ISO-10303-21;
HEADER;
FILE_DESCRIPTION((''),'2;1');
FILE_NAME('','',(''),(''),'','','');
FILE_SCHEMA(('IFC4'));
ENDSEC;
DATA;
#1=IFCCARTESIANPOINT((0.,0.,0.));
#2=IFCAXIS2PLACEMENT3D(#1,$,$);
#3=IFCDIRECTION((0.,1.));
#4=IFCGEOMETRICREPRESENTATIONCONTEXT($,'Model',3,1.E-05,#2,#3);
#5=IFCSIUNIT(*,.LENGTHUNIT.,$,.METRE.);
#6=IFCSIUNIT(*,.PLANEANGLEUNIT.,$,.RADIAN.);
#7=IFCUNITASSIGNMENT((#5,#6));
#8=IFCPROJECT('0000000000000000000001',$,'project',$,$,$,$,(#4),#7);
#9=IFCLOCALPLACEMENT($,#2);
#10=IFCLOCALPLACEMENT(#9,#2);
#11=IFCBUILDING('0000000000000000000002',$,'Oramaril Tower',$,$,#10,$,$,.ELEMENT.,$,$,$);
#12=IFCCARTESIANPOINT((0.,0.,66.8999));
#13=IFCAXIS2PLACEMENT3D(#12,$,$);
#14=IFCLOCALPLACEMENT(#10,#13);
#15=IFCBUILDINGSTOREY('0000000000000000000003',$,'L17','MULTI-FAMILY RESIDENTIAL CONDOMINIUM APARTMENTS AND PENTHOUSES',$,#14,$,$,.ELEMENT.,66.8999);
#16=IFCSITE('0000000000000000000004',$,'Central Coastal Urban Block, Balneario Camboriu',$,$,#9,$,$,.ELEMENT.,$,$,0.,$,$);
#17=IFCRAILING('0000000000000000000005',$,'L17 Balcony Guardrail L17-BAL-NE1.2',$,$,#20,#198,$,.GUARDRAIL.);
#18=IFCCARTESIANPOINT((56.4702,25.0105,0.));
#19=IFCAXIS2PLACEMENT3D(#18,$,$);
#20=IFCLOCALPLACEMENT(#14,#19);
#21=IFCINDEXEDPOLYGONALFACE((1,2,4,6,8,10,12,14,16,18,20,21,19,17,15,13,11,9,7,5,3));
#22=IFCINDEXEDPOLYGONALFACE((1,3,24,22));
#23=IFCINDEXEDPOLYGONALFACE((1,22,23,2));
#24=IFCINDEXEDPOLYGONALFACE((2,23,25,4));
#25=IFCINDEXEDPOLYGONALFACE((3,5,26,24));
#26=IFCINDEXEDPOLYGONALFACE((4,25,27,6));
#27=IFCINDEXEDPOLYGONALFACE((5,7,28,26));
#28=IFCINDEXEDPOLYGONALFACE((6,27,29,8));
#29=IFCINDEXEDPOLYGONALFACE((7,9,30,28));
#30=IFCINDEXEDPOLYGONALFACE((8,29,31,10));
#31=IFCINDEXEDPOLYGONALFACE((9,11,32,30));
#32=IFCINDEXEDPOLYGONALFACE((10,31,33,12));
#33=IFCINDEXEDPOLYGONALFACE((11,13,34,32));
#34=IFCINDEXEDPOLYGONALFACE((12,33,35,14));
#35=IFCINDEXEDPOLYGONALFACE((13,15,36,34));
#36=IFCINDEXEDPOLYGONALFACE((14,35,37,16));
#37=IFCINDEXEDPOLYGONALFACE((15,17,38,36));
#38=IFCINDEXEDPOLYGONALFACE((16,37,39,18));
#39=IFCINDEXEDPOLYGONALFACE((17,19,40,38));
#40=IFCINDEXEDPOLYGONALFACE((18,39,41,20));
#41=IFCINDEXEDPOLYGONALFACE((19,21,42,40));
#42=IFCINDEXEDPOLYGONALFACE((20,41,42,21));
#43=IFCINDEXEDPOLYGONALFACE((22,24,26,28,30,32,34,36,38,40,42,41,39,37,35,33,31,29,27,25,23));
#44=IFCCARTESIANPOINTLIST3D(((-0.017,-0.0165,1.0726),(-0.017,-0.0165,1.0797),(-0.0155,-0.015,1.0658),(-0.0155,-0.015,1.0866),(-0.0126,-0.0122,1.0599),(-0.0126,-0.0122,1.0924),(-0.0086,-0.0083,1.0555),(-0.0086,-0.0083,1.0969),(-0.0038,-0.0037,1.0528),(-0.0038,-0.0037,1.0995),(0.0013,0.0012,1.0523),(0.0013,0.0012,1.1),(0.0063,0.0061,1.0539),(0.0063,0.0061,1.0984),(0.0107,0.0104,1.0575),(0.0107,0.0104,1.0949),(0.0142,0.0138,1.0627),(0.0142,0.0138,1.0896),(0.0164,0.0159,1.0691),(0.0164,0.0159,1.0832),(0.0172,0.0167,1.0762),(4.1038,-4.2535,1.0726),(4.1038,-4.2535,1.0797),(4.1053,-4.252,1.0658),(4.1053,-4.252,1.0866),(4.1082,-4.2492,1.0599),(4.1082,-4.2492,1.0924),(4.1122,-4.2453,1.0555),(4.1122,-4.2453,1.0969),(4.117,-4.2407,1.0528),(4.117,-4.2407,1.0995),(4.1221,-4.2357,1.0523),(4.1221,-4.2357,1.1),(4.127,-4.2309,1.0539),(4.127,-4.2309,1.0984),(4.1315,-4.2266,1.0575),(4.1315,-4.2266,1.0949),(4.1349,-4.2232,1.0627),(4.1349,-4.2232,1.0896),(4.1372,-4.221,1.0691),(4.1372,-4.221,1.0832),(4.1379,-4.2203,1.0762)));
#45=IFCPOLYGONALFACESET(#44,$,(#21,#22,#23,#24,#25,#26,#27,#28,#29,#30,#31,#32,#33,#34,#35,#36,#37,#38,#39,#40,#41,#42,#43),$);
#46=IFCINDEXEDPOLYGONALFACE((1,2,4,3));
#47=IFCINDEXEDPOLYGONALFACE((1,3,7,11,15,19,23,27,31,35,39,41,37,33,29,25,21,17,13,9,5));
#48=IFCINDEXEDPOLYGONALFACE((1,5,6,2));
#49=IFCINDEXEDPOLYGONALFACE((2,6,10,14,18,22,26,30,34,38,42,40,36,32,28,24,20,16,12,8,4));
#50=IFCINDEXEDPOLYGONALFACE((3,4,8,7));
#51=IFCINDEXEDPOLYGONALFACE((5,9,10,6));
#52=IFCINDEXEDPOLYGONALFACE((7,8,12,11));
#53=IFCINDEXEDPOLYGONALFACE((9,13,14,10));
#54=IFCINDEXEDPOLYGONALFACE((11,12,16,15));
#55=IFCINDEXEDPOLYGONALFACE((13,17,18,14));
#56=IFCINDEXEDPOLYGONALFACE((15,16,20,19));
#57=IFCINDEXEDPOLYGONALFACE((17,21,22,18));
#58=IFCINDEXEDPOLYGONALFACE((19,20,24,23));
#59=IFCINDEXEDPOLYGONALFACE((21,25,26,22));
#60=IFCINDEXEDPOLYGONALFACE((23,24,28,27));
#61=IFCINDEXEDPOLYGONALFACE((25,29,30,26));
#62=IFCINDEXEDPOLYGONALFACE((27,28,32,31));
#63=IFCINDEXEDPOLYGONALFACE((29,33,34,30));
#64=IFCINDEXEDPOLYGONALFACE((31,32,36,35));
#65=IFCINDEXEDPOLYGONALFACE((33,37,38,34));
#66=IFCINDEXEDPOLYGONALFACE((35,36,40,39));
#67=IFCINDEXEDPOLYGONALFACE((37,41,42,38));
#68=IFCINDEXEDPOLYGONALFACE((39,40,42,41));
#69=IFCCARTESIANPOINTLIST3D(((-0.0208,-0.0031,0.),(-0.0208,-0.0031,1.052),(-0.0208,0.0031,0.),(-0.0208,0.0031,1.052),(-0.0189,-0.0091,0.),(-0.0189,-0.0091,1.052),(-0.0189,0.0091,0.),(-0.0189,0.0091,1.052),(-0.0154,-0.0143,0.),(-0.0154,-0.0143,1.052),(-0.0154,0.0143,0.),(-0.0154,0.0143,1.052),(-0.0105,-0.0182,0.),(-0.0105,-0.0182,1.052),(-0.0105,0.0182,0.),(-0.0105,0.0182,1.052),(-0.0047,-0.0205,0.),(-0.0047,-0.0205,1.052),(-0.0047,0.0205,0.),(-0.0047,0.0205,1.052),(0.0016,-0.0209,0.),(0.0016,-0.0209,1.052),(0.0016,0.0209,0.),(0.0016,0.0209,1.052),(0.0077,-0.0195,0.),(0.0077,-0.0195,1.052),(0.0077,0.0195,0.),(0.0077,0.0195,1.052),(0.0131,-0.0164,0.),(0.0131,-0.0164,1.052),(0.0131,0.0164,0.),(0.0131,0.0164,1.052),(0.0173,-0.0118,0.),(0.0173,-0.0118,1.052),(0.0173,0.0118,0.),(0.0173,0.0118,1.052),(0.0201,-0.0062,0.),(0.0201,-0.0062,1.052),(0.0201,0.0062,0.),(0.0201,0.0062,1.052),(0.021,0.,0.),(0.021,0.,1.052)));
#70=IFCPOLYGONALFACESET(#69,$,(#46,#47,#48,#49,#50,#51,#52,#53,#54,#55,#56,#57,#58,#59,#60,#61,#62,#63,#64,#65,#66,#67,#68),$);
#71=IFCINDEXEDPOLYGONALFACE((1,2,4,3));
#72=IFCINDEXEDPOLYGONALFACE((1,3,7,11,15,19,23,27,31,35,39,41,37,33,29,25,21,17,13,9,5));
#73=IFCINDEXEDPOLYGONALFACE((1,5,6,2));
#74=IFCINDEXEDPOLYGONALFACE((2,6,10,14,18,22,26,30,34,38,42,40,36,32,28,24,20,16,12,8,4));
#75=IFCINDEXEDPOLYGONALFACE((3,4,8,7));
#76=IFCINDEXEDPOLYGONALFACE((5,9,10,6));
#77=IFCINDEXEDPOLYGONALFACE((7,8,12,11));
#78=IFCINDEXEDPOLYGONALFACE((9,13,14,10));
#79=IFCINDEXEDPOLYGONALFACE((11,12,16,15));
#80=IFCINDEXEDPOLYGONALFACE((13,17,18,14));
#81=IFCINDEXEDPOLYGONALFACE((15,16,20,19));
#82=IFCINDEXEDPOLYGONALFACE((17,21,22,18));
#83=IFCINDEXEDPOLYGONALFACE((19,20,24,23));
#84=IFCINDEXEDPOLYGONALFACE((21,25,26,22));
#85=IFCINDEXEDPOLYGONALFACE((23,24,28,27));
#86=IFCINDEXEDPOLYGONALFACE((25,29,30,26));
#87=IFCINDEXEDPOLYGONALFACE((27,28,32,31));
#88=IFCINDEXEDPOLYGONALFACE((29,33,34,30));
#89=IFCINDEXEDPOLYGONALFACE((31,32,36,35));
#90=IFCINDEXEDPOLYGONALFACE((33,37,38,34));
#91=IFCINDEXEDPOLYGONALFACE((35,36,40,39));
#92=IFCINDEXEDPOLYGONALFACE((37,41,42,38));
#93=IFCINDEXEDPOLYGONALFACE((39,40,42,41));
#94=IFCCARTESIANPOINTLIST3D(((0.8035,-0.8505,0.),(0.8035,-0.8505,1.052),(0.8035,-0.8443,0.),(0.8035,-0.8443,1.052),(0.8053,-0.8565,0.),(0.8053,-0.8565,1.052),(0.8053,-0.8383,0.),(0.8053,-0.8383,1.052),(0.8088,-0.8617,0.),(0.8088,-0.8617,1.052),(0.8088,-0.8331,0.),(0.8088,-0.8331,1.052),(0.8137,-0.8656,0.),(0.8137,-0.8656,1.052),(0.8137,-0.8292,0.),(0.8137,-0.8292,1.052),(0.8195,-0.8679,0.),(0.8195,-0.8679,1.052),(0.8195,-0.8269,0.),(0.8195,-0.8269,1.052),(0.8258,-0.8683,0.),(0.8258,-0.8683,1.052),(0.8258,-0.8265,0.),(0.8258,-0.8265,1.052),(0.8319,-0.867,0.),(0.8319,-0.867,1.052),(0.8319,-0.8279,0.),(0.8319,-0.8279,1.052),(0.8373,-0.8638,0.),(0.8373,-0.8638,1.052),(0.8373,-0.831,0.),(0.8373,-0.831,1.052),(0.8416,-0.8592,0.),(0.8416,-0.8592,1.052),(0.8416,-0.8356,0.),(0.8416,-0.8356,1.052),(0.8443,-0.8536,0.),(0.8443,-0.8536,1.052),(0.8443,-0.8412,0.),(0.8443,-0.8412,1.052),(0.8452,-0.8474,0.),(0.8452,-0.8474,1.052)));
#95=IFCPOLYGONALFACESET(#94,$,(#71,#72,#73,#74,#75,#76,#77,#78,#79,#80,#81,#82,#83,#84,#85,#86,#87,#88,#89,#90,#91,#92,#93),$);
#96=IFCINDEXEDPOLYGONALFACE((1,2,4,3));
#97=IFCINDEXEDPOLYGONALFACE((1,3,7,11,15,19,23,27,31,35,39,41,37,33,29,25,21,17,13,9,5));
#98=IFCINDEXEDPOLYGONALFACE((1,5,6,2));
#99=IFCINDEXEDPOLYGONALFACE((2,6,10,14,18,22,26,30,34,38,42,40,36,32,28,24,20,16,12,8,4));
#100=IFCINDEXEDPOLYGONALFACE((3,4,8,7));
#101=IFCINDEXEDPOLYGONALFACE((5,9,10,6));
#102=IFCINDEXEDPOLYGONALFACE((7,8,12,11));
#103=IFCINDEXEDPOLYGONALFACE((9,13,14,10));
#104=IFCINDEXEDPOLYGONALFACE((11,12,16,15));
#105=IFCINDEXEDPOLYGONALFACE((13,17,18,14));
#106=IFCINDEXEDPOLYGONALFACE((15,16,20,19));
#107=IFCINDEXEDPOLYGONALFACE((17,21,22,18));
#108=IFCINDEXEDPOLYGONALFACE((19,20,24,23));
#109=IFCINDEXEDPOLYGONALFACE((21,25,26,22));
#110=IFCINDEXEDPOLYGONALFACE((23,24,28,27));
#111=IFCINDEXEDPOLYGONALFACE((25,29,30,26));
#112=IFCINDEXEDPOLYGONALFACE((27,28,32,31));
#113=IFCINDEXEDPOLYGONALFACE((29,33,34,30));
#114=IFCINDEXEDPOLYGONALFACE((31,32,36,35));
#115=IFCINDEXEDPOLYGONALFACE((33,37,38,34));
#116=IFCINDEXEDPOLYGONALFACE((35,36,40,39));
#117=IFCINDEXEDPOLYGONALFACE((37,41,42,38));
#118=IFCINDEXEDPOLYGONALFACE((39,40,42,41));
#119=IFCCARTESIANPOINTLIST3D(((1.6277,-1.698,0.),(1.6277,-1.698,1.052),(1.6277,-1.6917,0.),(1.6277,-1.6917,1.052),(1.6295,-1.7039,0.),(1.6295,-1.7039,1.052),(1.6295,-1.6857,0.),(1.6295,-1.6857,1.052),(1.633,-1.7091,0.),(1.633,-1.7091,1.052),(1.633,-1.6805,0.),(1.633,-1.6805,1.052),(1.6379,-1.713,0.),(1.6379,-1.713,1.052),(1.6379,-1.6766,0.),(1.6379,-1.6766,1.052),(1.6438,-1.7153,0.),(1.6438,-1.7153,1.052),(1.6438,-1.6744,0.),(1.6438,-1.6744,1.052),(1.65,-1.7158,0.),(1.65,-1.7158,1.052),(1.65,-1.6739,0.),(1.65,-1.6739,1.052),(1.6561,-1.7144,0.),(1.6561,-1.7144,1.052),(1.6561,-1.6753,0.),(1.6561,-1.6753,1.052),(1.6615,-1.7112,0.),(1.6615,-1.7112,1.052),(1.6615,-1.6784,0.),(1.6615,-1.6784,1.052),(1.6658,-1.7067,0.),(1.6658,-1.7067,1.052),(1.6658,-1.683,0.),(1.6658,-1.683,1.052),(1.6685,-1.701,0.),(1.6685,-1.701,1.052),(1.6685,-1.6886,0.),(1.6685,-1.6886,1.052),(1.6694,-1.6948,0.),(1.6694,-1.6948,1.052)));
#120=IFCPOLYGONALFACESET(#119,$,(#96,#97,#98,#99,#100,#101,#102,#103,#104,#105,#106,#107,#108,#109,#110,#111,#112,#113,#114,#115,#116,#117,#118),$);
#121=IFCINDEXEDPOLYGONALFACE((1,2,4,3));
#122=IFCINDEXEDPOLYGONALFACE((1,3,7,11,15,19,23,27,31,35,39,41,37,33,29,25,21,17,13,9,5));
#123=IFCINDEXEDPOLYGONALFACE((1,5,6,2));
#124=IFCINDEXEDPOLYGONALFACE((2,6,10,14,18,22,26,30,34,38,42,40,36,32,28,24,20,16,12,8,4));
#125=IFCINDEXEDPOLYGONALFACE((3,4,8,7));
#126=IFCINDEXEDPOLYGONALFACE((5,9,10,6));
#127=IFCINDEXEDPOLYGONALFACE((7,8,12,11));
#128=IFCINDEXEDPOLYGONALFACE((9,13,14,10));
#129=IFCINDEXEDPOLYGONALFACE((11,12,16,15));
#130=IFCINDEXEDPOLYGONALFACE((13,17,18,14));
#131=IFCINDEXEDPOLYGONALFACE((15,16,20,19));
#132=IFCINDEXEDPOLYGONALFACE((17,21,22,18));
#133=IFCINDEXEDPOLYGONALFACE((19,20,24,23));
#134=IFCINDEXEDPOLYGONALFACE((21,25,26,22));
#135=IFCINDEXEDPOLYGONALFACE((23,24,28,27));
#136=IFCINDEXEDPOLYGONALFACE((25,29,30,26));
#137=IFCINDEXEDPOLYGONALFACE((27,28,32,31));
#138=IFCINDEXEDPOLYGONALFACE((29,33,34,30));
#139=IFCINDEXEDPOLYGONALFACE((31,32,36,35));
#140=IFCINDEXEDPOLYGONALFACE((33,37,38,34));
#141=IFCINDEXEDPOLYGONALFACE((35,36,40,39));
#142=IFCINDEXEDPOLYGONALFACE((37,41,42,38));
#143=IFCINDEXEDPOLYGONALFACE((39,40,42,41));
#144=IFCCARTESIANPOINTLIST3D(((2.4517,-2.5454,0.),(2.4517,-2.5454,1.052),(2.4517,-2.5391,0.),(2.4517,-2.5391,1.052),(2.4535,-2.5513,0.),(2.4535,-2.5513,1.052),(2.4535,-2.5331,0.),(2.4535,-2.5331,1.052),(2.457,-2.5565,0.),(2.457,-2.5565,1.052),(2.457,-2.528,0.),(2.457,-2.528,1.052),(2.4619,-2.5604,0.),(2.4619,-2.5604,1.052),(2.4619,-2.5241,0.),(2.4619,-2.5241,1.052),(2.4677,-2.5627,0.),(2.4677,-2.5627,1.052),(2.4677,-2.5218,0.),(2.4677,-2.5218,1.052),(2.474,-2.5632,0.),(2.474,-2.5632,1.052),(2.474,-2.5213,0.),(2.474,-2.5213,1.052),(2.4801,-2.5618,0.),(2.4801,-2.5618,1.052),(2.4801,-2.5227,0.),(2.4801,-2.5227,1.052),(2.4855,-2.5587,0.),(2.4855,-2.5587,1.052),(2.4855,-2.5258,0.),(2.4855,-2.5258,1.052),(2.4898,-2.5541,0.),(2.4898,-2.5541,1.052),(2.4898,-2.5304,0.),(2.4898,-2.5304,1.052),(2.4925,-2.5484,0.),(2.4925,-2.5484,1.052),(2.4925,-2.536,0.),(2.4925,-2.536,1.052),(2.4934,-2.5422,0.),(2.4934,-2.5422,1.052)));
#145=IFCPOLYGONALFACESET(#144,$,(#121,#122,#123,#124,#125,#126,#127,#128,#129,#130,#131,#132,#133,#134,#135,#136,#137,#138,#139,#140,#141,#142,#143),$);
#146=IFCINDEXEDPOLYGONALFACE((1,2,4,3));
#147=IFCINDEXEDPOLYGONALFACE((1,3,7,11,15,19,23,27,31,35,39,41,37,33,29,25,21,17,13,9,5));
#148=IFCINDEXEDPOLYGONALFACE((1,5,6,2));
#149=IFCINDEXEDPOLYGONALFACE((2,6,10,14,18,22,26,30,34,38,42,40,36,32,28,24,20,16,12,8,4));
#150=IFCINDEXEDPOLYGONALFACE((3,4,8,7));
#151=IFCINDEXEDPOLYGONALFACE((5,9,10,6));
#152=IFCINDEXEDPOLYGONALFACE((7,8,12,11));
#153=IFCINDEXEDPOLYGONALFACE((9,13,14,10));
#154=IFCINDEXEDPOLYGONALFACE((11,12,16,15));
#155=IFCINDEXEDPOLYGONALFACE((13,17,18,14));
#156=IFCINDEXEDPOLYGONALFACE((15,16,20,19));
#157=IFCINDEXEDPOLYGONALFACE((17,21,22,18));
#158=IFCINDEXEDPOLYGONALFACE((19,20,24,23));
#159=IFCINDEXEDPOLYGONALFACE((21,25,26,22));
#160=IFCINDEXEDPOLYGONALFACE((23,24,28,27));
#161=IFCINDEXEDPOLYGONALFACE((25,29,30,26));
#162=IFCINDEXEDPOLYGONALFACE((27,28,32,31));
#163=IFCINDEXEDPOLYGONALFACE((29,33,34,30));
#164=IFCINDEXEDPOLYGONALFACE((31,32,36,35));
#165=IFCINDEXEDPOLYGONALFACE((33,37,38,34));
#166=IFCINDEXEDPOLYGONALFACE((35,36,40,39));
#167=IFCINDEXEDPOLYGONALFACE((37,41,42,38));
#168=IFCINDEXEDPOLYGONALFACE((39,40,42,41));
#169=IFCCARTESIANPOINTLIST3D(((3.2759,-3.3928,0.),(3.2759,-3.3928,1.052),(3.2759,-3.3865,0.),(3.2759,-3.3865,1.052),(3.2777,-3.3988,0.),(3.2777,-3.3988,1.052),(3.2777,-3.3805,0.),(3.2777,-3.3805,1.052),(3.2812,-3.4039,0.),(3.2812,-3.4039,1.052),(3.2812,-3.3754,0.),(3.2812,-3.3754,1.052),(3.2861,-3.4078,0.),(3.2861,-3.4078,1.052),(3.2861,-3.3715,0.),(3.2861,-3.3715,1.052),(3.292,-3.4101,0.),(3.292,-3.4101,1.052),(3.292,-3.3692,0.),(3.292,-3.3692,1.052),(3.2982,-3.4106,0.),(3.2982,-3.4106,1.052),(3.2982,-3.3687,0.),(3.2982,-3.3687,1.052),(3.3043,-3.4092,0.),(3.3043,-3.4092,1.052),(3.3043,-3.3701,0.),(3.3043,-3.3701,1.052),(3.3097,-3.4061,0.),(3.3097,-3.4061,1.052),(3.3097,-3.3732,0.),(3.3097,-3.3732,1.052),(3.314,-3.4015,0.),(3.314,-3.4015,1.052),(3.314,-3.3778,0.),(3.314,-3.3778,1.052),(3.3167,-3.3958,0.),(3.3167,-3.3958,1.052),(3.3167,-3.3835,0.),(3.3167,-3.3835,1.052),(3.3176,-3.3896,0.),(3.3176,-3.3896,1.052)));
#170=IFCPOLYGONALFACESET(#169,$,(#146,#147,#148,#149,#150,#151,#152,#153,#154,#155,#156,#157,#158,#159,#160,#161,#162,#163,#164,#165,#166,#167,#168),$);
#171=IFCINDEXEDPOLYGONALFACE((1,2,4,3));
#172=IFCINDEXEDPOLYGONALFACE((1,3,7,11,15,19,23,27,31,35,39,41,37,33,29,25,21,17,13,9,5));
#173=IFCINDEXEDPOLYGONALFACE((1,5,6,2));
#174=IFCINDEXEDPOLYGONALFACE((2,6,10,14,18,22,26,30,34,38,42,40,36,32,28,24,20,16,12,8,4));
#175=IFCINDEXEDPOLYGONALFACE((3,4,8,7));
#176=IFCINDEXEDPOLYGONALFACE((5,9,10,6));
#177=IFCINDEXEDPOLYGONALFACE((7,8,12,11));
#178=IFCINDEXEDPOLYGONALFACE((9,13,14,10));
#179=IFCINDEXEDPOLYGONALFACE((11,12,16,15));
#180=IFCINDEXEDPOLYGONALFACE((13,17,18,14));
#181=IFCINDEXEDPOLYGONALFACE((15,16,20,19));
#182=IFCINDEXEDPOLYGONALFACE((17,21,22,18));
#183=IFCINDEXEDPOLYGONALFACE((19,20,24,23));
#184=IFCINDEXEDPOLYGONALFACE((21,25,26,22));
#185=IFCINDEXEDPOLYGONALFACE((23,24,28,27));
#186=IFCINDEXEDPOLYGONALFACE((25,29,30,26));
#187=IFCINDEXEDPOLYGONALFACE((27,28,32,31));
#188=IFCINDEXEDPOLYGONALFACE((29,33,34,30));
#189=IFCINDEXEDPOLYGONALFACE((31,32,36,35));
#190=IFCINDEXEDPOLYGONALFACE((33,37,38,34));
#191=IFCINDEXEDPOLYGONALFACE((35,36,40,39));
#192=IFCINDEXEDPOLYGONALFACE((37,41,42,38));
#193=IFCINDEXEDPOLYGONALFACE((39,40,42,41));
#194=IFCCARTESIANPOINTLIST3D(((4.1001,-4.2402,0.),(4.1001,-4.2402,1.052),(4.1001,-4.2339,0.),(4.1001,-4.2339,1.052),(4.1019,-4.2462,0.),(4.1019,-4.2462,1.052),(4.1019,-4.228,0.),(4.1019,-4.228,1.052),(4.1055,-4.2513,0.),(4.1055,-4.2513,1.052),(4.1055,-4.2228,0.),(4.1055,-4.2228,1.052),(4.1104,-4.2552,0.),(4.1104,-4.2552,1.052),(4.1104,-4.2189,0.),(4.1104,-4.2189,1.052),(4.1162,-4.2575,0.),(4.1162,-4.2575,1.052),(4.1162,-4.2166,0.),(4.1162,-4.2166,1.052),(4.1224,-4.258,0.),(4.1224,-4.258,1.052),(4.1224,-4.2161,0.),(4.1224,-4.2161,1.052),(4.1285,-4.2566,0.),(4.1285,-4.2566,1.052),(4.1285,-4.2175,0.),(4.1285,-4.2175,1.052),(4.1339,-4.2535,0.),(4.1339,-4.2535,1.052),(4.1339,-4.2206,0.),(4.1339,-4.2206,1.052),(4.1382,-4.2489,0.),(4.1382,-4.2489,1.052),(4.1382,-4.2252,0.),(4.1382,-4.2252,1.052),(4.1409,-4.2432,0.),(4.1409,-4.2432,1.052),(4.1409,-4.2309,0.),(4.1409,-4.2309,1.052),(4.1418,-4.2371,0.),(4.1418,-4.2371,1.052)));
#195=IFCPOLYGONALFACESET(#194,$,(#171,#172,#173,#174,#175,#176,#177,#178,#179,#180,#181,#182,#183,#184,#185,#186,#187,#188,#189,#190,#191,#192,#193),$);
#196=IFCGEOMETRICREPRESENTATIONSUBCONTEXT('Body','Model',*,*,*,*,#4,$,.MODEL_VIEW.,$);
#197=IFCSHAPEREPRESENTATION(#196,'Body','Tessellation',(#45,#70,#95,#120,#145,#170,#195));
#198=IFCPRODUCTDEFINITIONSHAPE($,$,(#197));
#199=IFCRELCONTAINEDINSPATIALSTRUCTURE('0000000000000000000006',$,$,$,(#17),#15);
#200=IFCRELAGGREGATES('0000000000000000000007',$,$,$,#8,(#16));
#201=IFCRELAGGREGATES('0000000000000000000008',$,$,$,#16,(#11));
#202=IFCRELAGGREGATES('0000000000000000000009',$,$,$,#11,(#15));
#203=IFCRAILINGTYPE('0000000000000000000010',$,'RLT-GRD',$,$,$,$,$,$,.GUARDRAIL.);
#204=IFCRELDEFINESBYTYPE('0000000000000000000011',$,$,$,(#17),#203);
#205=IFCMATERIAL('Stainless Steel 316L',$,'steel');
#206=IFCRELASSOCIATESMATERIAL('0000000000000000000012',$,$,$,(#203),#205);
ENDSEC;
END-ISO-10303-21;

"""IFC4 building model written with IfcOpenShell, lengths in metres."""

from ifc_helpers import new_model, si_unit, direction, frame, origin, origin_2d, place, context, subcontext, project, spatial, circle, extrude, material, type_object, element, save


model = new_model("IFC4")

# Units and contexts
model_context = context("Model", 3, precision=1e-05, world=origin(), true_north=direction((0.0, 1.0)))
body_context = subcontext(model_context, "Body", "Model", "MODEL_VIEW")
ifc_project = project(units=[si_unit("LENGTHUNIT", "METRE"), si_unit("PLANEANGLEUNIT", "RADIAN")], contexts=[model_context])

# Site, building, storey
site_placement = place(None, origin())
site = spatial("IfcSite", under=ifc_project, at=site_placement, Name="Central Coastal Urban Block, Balneario Camboriu", CompositionType="ELEMENT", RefElevation=0.0)
building_placement = place(site_placement, origin())
building = spatial("IfcBuilding", under=site, at=building_placement, Name="Oramaril Tower", CompositionType="ELEMENT")
storey_placement = place(building_placement, frame((0.0, 0.0, 66.8999)))
storey = spatial("IfcBuildingStorey", under=building, at=storey_placement, Name="L17", Description="MULTI-FAMILY RESIDENTIAL CONDOMINIUM APARTMENTS AND PENTHOUSES", CompositionType="ELEMENT", Elevation=66.8999)

# Railing
ifc_material_1 = material(Name="Stainless Steel 316L", Category="steel")
railing_type = type_object("IfcRailingType", Name="RLT-GRD", PredefinedType="GUARDRAIL", material=ifc_material_1)
railing_1_placement = place(storey_placement, frame((56.4702, 25.0105, 0.0)))
element("IfcRailing", 1, at=railing_1_placement, inside=storey, type_object=railing_type, Name="L17 Balcony Guardrail L17-BAL-NE1.2", PredefinedType="GUARDRAIL", context=body_context, shape_type="SweptSolid", body=[
    extrude(circle(Radius=0.0239, at=origin_2d()), frame((0.0, 0.0, 1.0762), z_axis=(0.697208, -0.716869, 0.0), x_axis=(0.716869, 0.697208, 0.0)), (0.0, 0.0, 1.0), 5.9104),
    extrude(circle(Radius=0.021, at=origin_2d()), origin(), (0.0, 0.0, 1.0), 1.052),
    extrude(circle(Radius=0.021, at=origin_2d()), frame((0.8242, -0.8474, 0.0)), (0.0, 0.0, 1.0), 1.052),
    extrude(circle(Radius=0.021, at=origin_2d()), frame((1.6484, -1.6948, 0.0)), (0.0, 0.0, 1.0), 1.052),
    extrude(circle(Radius=0.021, at=origin_2d()), frame((2.4724, -2.5422, 0.0)), (0.0, 0.0, 1.0), 1.052),
    extrude(circle(Radius=0.021, at=origin_2d()), frame((3.2966, -3.3896, 0.0)), (0.0, 0.0, 1.0), 1.052),
    extrude(circle(Radius=0.021, at=origin_2d()), frame((4.1208, -4.2371, 0.0)), (0.0, 0.0, 1.0), 1.052),
])

save(model, "model.ifc")
